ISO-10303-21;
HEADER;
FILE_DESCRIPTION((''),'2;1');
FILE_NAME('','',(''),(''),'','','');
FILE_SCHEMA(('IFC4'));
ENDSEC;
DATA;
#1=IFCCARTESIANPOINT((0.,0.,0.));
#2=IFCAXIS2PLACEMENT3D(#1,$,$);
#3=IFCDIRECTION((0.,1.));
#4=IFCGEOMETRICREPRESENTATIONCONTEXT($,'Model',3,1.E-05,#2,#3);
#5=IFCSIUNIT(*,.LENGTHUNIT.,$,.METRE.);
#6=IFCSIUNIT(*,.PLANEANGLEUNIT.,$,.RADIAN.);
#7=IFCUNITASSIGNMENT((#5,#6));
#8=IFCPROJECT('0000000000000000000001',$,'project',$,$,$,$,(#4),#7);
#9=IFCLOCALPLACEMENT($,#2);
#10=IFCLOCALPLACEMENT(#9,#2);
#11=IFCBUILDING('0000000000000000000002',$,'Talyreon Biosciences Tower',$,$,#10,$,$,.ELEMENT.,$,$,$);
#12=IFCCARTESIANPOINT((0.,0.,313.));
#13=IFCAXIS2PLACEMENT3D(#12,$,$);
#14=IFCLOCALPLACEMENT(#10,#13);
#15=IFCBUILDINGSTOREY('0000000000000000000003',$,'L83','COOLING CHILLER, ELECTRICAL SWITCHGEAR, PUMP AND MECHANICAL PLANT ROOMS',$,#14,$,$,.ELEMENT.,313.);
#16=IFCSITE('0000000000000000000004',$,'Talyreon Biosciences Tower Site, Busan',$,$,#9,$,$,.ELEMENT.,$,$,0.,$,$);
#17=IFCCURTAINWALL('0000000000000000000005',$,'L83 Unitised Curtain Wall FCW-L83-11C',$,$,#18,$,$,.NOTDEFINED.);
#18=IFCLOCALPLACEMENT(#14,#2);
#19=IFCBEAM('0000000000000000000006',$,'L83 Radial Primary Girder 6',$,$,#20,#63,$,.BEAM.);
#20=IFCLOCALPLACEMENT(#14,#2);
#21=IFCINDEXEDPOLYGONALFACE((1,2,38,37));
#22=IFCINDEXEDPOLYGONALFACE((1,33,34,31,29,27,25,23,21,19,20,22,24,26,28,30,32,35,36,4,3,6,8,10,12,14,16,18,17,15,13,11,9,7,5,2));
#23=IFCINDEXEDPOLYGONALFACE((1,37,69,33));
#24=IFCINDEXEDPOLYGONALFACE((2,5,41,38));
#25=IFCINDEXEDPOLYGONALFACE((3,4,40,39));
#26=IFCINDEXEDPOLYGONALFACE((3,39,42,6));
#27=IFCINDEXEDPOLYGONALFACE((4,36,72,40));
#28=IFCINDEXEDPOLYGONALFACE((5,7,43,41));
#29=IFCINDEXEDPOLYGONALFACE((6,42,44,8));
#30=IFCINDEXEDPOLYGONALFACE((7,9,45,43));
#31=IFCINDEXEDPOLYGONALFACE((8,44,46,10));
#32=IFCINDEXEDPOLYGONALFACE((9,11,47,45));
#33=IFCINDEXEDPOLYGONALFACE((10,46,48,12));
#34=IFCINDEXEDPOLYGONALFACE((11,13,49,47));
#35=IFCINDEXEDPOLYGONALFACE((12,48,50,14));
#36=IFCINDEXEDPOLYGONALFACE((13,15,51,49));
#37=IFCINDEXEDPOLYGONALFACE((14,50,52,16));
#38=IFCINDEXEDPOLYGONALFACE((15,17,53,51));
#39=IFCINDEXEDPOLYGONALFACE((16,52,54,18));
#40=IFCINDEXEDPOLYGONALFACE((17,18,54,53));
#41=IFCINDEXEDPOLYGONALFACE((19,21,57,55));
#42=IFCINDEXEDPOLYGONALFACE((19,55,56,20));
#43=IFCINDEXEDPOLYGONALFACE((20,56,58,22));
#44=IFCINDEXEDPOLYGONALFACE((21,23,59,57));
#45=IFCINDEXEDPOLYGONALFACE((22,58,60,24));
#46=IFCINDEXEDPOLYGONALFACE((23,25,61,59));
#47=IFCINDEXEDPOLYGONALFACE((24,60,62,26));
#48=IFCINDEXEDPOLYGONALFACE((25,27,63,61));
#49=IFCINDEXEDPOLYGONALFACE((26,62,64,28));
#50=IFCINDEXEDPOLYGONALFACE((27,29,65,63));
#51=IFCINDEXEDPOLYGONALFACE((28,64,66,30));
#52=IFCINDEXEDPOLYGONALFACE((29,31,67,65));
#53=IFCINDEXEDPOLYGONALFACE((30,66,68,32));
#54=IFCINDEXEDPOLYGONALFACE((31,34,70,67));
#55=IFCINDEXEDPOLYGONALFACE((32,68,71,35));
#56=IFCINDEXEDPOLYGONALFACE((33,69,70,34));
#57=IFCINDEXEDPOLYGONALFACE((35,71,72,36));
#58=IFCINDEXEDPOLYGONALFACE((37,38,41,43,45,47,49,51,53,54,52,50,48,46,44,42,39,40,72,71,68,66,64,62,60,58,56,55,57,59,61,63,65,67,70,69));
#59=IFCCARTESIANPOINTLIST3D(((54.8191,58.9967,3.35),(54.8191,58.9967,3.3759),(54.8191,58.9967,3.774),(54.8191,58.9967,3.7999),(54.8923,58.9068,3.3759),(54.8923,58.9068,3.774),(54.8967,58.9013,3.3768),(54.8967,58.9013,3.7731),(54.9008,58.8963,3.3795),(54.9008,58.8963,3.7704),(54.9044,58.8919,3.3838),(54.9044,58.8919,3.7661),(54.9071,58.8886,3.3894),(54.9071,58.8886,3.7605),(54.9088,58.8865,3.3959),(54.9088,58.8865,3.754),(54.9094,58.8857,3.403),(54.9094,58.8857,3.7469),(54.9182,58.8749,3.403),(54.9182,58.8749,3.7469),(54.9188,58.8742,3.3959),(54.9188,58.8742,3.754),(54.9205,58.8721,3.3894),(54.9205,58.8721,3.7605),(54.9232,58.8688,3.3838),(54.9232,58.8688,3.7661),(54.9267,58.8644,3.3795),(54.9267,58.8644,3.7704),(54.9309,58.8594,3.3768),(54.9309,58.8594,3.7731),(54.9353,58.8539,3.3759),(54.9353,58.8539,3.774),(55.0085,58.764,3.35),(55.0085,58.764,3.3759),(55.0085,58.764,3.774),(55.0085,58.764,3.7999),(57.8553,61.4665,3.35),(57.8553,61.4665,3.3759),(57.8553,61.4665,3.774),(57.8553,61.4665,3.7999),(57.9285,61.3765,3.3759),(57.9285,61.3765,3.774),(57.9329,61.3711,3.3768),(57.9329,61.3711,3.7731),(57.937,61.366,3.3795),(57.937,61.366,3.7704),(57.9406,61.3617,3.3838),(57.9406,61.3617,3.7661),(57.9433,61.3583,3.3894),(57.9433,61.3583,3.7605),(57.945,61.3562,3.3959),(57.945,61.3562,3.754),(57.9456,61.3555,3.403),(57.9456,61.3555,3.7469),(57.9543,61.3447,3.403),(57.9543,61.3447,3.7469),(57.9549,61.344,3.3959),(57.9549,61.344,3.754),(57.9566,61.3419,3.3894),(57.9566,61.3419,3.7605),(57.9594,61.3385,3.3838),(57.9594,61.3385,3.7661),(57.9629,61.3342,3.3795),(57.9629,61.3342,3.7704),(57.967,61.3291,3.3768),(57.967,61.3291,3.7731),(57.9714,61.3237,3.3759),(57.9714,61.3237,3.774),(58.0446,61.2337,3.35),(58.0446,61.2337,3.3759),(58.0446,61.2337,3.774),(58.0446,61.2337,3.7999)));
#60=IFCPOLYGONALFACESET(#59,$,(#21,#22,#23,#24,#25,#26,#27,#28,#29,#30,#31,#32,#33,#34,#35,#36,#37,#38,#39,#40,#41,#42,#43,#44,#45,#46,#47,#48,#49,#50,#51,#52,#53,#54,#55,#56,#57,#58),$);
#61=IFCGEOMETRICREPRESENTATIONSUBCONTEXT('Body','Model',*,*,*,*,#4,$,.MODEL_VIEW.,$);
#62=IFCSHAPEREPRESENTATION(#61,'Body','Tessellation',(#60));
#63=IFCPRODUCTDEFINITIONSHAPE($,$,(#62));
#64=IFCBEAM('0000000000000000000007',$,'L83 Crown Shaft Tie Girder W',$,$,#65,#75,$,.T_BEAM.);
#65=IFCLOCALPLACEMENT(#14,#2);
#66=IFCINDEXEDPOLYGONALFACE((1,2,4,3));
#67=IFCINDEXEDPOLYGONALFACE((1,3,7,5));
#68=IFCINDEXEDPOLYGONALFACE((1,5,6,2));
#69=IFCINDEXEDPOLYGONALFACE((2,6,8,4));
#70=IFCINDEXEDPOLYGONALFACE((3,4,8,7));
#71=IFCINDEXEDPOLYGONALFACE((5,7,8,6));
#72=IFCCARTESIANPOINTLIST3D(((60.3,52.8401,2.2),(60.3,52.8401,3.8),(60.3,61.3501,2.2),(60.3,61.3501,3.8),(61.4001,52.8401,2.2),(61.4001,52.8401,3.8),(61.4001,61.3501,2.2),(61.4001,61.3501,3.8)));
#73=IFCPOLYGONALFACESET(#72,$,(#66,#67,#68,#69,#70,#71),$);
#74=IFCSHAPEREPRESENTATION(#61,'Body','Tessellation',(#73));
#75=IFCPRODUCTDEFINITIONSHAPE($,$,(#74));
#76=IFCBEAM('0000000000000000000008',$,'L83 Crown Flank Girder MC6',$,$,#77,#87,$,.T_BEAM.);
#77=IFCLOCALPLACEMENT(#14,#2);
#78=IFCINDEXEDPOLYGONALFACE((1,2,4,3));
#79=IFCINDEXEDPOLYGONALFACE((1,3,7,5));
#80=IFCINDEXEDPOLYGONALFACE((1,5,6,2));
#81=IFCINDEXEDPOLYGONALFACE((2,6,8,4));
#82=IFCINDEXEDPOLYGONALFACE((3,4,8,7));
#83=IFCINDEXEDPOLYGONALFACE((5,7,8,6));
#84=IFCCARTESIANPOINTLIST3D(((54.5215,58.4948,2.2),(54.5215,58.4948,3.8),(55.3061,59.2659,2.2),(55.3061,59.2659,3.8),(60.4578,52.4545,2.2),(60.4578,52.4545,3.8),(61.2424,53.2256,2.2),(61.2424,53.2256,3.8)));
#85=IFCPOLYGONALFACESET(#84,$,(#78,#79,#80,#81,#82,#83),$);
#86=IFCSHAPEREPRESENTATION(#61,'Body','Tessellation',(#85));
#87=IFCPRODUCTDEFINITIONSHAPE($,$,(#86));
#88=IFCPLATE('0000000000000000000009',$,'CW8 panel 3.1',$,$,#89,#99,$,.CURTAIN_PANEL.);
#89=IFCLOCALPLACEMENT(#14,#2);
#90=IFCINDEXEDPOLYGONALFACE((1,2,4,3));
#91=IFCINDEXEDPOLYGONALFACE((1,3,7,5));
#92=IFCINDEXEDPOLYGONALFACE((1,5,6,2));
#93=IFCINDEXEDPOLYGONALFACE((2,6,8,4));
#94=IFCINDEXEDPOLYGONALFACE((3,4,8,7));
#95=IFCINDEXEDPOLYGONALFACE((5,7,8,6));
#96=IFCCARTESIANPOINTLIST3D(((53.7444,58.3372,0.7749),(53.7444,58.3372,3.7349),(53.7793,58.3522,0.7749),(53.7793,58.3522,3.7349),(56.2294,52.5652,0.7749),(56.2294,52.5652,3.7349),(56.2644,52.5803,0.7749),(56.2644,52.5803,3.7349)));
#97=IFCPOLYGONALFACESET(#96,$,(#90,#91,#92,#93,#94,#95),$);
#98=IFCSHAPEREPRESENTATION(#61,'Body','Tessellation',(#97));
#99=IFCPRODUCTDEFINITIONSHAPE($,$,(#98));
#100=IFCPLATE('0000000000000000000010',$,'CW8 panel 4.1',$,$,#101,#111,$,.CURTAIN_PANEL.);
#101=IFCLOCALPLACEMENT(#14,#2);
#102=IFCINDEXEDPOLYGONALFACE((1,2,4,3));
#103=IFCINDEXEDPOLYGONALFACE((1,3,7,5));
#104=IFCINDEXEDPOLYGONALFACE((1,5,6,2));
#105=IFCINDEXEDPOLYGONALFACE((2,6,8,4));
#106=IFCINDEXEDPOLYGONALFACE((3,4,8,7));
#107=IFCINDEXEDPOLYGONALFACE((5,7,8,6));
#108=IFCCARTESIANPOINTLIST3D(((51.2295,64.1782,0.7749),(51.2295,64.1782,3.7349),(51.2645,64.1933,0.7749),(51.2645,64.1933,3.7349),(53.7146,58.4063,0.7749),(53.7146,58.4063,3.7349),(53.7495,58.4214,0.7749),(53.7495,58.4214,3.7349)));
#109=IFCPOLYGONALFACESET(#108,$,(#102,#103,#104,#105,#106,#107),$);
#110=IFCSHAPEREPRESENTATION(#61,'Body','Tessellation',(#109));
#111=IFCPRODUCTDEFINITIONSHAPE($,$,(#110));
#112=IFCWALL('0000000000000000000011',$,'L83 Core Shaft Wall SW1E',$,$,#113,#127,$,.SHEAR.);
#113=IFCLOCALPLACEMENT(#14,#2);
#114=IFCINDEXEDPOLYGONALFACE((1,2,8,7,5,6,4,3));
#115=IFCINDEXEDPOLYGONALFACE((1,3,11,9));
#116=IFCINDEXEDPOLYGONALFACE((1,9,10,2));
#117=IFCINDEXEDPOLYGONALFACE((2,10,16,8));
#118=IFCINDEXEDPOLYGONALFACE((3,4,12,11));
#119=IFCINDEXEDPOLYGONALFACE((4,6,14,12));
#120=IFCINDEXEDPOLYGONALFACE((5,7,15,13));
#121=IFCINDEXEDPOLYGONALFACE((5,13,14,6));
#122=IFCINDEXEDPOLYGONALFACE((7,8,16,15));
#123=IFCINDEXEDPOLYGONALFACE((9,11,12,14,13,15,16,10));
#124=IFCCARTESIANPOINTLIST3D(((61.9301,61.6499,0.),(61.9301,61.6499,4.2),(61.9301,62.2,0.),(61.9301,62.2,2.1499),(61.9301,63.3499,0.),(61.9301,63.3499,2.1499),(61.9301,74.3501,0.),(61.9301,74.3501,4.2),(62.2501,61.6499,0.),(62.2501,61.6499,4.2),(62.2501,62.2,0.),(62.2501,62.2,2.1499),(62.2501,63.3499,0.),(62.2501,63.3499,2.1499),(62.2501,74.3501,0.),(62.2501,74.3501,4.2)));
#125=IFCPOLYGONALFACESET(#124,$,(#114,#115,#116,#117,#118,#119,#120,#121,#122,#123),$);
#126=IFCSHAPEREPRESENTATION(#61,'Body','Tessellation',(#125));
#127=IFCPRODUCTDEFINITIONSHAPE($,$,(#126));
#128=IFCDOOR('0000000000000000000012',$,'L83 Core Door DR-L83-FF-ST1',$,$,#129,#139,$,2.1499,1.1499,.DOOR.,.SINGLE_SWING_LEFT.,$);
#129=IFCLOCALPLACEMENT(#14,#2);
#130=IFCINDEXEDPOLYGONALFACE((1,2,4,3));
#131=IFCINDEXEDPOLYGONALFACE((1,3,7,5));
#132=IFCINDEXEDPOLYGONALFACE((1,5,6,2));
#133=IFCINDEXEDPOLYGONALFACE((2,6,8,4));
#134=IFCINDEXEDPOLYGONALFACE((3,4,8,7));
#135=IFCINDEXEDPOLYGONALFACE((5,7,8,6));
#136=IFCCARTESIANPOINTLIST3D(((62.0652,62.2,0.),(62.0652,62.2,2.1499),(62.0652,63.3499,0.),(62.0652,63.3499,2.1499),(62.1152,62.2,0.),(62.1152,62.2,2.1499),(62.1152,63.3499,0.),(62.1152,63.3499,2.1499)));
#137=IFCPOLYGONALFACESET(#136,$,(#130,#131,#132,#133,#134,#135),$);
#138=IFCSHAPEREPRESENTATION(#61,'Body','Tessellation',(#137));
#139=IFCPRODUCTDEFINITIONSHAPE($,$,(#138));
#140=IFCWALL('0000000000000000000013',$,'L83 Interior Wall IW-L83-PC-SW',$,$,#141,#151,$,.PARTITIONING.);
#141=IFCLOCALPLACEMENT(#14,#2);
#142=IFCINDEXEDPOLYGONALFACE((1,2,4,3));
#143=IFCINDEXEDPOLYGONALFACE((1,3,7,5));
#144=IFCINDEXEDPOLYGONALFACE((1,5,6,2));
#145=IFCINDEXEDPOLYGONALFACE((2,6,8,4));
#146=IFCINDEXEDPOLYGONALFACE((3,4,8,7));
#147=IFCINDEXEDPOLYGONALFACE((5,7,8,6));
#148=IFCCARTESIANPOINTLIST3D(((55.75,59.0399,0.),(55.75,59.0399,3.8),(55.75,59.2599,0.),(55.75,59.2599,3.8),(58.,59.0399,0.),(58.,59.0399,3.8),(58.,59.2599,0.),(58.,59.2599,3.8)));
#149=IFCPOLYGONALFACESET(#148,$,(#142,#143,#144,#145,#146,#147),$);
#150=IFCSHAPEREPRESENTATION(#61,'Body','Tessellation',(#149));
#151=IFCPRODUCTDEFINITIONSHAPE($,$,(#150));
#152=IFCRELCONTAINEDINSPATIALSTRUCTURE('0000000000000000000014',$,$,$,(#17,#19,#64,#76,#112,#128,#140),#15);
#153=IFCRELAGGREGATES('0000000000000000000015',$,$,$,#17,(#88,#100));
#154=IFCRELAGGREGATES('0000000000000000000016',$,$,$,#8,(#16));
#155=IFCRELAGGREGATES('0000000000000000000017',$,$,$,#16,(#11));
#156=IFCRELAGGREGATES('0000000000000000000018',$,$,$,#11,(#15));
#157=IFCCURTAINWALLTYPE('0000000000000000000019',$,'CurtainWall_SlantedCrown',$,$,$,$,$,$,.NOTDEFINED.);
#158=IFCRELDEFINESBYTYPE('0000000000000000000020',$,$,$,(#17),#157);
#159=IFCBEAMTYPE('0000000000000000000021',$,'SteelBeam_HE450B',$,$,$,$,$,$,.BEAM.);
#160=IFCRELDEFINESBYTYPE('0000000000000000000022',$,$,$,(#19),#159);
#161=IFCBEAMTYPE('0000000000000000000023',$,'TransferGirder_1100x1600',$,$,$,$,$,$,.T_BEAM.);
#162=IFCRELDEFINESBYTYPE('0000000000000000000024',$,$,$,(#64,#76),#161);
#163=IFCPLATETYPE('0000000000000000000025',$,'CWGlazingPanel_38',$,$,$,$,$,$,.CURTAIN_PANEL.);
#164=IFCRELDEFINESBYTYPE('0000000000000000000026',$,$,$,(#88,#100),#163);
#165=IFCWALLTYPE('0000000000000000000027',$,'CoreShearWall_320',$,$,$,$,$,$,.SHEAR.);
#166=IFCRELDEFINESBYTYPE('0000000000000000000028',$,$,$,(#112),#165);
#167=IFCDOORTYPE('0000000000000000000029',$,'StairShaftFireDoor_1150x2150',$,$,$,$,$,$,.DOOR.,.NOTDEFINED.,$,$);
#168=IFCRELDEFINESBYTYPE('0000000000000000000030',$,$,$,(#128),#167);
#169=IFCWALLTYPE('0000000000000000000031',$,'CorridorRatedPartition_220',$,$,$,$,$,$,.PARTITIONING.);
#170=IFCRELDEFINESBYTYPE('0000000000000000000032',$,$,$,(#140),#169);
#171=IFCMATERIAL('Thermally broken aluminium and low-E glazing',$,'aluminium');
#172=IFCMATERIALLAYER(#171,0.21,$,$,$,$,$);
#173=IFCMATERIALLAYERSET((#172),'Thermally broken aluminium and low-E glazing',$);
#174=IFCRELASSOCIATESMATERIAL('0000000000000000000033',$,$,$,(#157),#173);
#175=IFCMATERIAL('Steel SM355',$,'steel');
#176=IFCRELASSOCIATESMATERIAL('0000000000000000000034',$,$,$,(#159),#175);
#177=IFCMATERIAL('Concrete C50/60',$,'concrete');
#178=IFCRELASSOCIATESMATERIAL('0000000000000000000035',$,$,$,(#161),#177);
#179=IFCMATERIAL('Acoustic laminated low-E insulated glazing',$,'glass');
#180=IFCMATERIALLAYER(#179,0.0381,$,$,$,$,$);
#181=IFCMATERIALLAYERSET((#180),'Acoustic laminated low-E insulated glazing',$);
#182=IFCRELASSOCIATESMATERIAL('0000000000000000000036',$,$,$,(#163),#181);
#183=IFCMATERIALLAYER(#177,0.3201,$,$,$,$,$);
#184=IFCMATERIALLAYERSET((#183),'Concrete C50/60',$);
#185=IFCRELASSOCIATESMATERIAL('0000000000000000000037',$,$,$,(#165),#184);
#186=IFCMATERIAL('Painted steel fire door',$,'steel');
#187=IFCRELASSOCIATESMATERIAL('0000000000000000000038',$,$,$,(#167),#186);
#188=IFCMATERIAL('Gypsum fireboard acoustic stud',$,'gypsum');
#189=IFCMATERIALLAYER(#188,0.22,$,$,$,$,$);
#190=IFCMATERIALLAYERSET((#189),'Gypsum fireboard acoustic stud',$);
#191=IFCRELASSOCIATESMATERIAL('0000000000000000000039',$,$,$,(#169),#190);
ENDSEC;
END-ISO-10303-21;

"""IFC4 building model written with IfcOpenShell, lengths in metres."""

from ifc_helpers import new_model, si_unit, direction, frame, frame_2d, origin, origin_2d, place, context, subcontext, project, spatial, rectangle, i_section, extrude, material, layer, layer_set, material_profile, profile_set, type_object, element, fill, aggregate, save


model = new_model("IFC4")

# Units and contexts
model_context = context("Model", 3, precision=1e-05, world=origin(), true_north=direction((0.0, 1.0)))
body_context = subcontext(model_context, "Body", "Model", "MODEL_VIEW")
ifc_project = project(units=[si_unit("LENGTHUNIT", "METRE"), si_unit("PLANEANGLEUNIT", "RADIAN")], contexts=[model_context])

# Site, building, storey
site_placement = place(None, origin())
site = spatial("IfcSite", under=ifc_project, at=site_placement, Name="Talyreon Biosciences Tower Site, Busan", CompositionType="ELEMENT", RefElevation=0.0)
building_placement = place(site_placement, origin())
building = spatial("IfcBuilding", under=site, at=building_placement, Name="Talyreon Biosciences Tower", CompositionType="ELEMENT")
storey_placement = place(building_placement, frame((0.0, 0.0, 313.0)))
storey = spatial("IfcBuildingStorey", under=building, at=storey_placement, Name="L83", Description="COOLING CHILLER, ELECTRICAL SWITCHGEAR, PUMP AND MECHANICAL PLANT ROOMS", CompositionType="ELEMENT", Elevation=313.0)

# Shared definitions
ifc_material_1 = material(Name="Concrete C50/60", Category="concrete")

# Curtain wall
ifc_material_2 = material(Name="Thermally broken aluminium and low-E glazing", Category="aluminium")
ifc_layer_1 = layer(ifc_material_2, 0.21)
ifc_layer_set_1 = layer_set([ifc_layer_1], Name="Thermally broken aluminium and low-E glazing")
curtain_wall_type = type_object("IfcCurtainWallType", Name="CurtainWall_SlantedCrown", PredefinedType="NOTDEFINED", material=ifc_layer_set_1)
curtain_wall_placement = place(storey_placement, origin())
curtain_wall = element("IfcCurtainWall", 1, at=curtain_wall_placement, inside=storey, type_object=curtain_wall_type, Name="L83 Unitised Curtain Wall FCW-L83-11C", PredefinedType="NOTDEFINED")

# Beams
ifc_material_3 = material(Name="Steel SM355", Category="steel")
ifc_material_profile_1 = material_profile(ifc_material_3, i_section(OverallWidth=0.3, OverallDepth=0.45, WebThickness=0.0139, FlangeThickness=0.0259, FilletRadius=0.0271, at=origin_2d()), Name="HE450B")
ifc_profile_set_1 = profile_set([ifc_material_profile_1], Name="Steel SM355")
beam_type_1 = type_object("IfcBeamType", Name="SteelBeam_HE450B", PredefinedType="BEAM", material=ifc_profile_set_1)
beam_1_placement = place(storey_placement, frame((57.95, 61.3501, 3.575), z_axis=(-0.775755, -0.631034, 0.0), x_axis=(0.631034, -0.775755, 0.0)))
element("IfcBeam", 2, at=beam_1_placement, inside=storey, type_object=beam_type_1, Name="L83 Radial Primary Girder 6", PredefinedType="BEAM", context=body_context, shape_type="SweptSolid", body=[
    extrude(i_section(OverallWidth=0.3, OverallDepth=0.45, WebThickness=0.0139, FlangeThickness=0.0259, FilletRadius=0.0271, at=origin_2d()), origin(), (0.0, 0.0, 1.0), 3.9138),
])
ifc_material_profile_2 = material_profile(ifc_material_1, rectangle(XDim=1.1001, YDim=1.6001, at=origin_2d()), Name="RCB 1100x1600")
ifc_profile_set_2 = profile_set([ifc_material_profile_2], Name="Concrete C50/60")
beam_type_2 = type_object("IfcBeamType", Name="TransferGirder_1100x1600", PredefinedType="T_BEAM", material=ifc_profile_set_2)
beam_2_placement = place(storey_placement, frame((60.8501, 52.8401, 3.0), z_axis=(0.0, 1.0, 0.0), x_axis=(-1.0, 0.0, 0.0)))
element("IfcBeam", 3, at=beam_2_placement, inside=storey, type_object=beam_type_2, Name="L83 Crown Shaft Tie Girder W", PredefinedType="T_BEAM", context=body_context, shape_type="SweptSolid", body=[
    extrude(rectangle(XDim=1.1001, YDim=1.6001, at=origin_2d()), origin(), (0.0, 0.0, 1.0), 8.51),
])
beam_3_placement = place(storey_placement, frame((60.8501, 52.8401, 3.0), z_axis=(-0.70094, 0.71322, 0.0), x_axis=(-0.71322, -0.70094, 0.0)))
element("IfcBeam", 4, at=beam_3_placement, inside=storey, type_object=beam_type_2, Name="L83 Crown Flank Girder MC6", PredefinedType="T_BEAM", context=body_context, shape_type="SweptSolid", body=[
    extrude(rectangle(XDim=1.1001, YDim=1.6001, at=origin_2d()), origin(), (0.0, 0.0, 1.0), 8.469),
])

# Plates
ifc_material_4 = material(Name="Acoustic laminated low-E insulated glazing", Category="glass")
ifc_layer_2 = layer(ifc_material_4, 0.0381)
ifc_layer_set_2 = layer_set([ifc_layer_2], Name="Acoustic laminated low-E insulated glazing")
plate_type = type_object("IfcPlateType", Name="CWGlazingPanel_38", PredefinedType="CURTAIN_PANEL", material=ifc_layer_set_2)
plate_1_placement = place(storey_placement, frame((55.0044, 55.4587, 0.7749), z_axis=(0.0, 0.0, 1.0), x_axis=(-0.395451, 0.918487, 0.0)))
plate_1 = element("IfcPlate", 5, at=plate_1_placement, type_object=plate_type, Name="CW8 panel 3.1", PredefinedType="CURTAIN_PANEL", context=body_context, shape_type="SweptSolid", body=[
    extrude(rectangle(XDim=6.2842, YDim=0.0381, at=origin_2d()), origin(), (0.0, 0.0, 1.0), 2.96),
])
plate_2_placement = place(storey_placement, frame((52.4895, 61.2998, 0.7749), z_axis=(0.0, 0.0, 1.0), x_axis=(-0.395451, 0.918487, 0.0)))
plate_2 = element("IfcPlate", 6, at=plate_2_placement, type_object=plate_type, Name="CW8 panel 4.1", PredefinedType="CURTAIN_PANEL", context=body_context, shape_type="SweptSolid", body=[
    extrude(rectangle(XDim=6.2842, YDim=0.0381, at=origin_2d()), origin(), (0.0, 0.0, 1.0), 2.96),
])
aggregate(curtain_wall, [plate_1, plate_2])

# Wall, opening, door
ifc_layer_3 = layer(ifc_material_1, 0.3201)
ifc_layer_set_3 = layer_set([ifc_layer_3], Name="Concrete C50/60")
wall_type_1 = type_object("IfcWallType", Name="CoreShearWall_320", PredefinedType="SHEAR", material=ifc_layer_set_3)
wall_1_placement = place(storey_placement, frame((62.0901, 61.6499, 0.0), z_axis=(0.0, 0.0, 1.0), x_axis=(0.0, 1.0, 0.0)))
wall_1 = element("IfcWall", 7, at=wall_1_placement, inside=storey, type_object=wall_type_1, Name="L83 Core Shaft Wall SW1E", PredefinedType="SHEAR", context=body_context, shape_type="SweptSolid", body=[
    extrude(rectangle(XDim=12.7002, YDim=0.3201, at=frame_2d((6.3501, 0.0))), origin(), (0.0, 0.0, 1.0), 4.2),
])
opening_1_placement = place(wall_1_placement, frame((0.55, 0.0, 0.0)))
opening_1 = element("IfcOpeningElement", 8, at=opening_1_placement, cuts=wall_1, PredefinedType="OPENING", context=body_context, shape_type="SweptSolid", body=[
    extrude(rectangle(XDim=1.1499, YDim=2.1499, at=frame_2d((0.575, 1.075))), frame((0.0, 0.1699, 0.0), z_axis=(0.0, -1.0, 0.0), x_axis=(1.0, 0.0, 0.0)), (0.0, 0.0, 1.0), 0.3401),
])
ifc_material_5 = material(Name="Painted steel fire door", Category="steel")
door_type_1 = type_object("IfcDoorType", Name="StairShaftFireDoor_1150x2150", OperationType="NOTDEFINED", PredefinedType="DOOR", material=ifc_material_5)
door_1_placement = place(opening_1_placement, origin())
door_1 = element("IfcDoor", 9, at=door_1_placement, inside=storey, type_object=door_type_1, Name="L83 Core Door DR-L83-FF-ST1", OperationType="SINGLE_SWING_LEFT", OverallHeight=2.1499, OverallWidth=1.1499, PredefinedType="DOOR", context=body_context, shape_type="SweptSolid", body=[
    extrude(rectangle(XDim=1.1499, YDim=2.1499, at=frame_2d((0.575, 1.075))), frame((0.0, 0.0249, 0.0), z_axis=(0.0, -1.0, 0.0), x_axis=(1.0, 0.0, 0.0)), (0.0, 0.0, 1.0), 0.05),
])
fill(opening_1, door_1)

# Wall
ifc_material_6 = material(Name="Gypsum fireboard acoustic stud", Category="gypsum")
ifc_layer_4 = layer(ifc_material_6, 0.22)
ifc_layer_set_4 = layer_set([ifc_layer_4], Name="Gypsum fireboard acoustic stud")
wall_type_2 = type_object("IfcWallType", Name="CorridorRatedPartition_220", PredefinedType="PARTITIONING", material=ifc_layer_set_4)
wall_2_placement = place(storey_placement, frame((55.75, 59.1499, 0.0), z_axis=(0.0, 0.0, 1.0), x_axis=(1.0, 0.0, 0.0)))
element("IfcWall", 10, at=wall_2_placement, inside=storey, type_object=wall_type_2, Name="L83 Interior Wall IW-L83-PC-SW", PredefinedType="PARTITIONING", context=body_context, shape_type="SweptSolid", body=[
    extrude(rectangle(XDim=2.25, YDim=0.22, at=frame_2d((1.125, 0.0))), origin(), (0.0, 0.0, 1.0), 3.8),
])

save(model, "model.ifc")
